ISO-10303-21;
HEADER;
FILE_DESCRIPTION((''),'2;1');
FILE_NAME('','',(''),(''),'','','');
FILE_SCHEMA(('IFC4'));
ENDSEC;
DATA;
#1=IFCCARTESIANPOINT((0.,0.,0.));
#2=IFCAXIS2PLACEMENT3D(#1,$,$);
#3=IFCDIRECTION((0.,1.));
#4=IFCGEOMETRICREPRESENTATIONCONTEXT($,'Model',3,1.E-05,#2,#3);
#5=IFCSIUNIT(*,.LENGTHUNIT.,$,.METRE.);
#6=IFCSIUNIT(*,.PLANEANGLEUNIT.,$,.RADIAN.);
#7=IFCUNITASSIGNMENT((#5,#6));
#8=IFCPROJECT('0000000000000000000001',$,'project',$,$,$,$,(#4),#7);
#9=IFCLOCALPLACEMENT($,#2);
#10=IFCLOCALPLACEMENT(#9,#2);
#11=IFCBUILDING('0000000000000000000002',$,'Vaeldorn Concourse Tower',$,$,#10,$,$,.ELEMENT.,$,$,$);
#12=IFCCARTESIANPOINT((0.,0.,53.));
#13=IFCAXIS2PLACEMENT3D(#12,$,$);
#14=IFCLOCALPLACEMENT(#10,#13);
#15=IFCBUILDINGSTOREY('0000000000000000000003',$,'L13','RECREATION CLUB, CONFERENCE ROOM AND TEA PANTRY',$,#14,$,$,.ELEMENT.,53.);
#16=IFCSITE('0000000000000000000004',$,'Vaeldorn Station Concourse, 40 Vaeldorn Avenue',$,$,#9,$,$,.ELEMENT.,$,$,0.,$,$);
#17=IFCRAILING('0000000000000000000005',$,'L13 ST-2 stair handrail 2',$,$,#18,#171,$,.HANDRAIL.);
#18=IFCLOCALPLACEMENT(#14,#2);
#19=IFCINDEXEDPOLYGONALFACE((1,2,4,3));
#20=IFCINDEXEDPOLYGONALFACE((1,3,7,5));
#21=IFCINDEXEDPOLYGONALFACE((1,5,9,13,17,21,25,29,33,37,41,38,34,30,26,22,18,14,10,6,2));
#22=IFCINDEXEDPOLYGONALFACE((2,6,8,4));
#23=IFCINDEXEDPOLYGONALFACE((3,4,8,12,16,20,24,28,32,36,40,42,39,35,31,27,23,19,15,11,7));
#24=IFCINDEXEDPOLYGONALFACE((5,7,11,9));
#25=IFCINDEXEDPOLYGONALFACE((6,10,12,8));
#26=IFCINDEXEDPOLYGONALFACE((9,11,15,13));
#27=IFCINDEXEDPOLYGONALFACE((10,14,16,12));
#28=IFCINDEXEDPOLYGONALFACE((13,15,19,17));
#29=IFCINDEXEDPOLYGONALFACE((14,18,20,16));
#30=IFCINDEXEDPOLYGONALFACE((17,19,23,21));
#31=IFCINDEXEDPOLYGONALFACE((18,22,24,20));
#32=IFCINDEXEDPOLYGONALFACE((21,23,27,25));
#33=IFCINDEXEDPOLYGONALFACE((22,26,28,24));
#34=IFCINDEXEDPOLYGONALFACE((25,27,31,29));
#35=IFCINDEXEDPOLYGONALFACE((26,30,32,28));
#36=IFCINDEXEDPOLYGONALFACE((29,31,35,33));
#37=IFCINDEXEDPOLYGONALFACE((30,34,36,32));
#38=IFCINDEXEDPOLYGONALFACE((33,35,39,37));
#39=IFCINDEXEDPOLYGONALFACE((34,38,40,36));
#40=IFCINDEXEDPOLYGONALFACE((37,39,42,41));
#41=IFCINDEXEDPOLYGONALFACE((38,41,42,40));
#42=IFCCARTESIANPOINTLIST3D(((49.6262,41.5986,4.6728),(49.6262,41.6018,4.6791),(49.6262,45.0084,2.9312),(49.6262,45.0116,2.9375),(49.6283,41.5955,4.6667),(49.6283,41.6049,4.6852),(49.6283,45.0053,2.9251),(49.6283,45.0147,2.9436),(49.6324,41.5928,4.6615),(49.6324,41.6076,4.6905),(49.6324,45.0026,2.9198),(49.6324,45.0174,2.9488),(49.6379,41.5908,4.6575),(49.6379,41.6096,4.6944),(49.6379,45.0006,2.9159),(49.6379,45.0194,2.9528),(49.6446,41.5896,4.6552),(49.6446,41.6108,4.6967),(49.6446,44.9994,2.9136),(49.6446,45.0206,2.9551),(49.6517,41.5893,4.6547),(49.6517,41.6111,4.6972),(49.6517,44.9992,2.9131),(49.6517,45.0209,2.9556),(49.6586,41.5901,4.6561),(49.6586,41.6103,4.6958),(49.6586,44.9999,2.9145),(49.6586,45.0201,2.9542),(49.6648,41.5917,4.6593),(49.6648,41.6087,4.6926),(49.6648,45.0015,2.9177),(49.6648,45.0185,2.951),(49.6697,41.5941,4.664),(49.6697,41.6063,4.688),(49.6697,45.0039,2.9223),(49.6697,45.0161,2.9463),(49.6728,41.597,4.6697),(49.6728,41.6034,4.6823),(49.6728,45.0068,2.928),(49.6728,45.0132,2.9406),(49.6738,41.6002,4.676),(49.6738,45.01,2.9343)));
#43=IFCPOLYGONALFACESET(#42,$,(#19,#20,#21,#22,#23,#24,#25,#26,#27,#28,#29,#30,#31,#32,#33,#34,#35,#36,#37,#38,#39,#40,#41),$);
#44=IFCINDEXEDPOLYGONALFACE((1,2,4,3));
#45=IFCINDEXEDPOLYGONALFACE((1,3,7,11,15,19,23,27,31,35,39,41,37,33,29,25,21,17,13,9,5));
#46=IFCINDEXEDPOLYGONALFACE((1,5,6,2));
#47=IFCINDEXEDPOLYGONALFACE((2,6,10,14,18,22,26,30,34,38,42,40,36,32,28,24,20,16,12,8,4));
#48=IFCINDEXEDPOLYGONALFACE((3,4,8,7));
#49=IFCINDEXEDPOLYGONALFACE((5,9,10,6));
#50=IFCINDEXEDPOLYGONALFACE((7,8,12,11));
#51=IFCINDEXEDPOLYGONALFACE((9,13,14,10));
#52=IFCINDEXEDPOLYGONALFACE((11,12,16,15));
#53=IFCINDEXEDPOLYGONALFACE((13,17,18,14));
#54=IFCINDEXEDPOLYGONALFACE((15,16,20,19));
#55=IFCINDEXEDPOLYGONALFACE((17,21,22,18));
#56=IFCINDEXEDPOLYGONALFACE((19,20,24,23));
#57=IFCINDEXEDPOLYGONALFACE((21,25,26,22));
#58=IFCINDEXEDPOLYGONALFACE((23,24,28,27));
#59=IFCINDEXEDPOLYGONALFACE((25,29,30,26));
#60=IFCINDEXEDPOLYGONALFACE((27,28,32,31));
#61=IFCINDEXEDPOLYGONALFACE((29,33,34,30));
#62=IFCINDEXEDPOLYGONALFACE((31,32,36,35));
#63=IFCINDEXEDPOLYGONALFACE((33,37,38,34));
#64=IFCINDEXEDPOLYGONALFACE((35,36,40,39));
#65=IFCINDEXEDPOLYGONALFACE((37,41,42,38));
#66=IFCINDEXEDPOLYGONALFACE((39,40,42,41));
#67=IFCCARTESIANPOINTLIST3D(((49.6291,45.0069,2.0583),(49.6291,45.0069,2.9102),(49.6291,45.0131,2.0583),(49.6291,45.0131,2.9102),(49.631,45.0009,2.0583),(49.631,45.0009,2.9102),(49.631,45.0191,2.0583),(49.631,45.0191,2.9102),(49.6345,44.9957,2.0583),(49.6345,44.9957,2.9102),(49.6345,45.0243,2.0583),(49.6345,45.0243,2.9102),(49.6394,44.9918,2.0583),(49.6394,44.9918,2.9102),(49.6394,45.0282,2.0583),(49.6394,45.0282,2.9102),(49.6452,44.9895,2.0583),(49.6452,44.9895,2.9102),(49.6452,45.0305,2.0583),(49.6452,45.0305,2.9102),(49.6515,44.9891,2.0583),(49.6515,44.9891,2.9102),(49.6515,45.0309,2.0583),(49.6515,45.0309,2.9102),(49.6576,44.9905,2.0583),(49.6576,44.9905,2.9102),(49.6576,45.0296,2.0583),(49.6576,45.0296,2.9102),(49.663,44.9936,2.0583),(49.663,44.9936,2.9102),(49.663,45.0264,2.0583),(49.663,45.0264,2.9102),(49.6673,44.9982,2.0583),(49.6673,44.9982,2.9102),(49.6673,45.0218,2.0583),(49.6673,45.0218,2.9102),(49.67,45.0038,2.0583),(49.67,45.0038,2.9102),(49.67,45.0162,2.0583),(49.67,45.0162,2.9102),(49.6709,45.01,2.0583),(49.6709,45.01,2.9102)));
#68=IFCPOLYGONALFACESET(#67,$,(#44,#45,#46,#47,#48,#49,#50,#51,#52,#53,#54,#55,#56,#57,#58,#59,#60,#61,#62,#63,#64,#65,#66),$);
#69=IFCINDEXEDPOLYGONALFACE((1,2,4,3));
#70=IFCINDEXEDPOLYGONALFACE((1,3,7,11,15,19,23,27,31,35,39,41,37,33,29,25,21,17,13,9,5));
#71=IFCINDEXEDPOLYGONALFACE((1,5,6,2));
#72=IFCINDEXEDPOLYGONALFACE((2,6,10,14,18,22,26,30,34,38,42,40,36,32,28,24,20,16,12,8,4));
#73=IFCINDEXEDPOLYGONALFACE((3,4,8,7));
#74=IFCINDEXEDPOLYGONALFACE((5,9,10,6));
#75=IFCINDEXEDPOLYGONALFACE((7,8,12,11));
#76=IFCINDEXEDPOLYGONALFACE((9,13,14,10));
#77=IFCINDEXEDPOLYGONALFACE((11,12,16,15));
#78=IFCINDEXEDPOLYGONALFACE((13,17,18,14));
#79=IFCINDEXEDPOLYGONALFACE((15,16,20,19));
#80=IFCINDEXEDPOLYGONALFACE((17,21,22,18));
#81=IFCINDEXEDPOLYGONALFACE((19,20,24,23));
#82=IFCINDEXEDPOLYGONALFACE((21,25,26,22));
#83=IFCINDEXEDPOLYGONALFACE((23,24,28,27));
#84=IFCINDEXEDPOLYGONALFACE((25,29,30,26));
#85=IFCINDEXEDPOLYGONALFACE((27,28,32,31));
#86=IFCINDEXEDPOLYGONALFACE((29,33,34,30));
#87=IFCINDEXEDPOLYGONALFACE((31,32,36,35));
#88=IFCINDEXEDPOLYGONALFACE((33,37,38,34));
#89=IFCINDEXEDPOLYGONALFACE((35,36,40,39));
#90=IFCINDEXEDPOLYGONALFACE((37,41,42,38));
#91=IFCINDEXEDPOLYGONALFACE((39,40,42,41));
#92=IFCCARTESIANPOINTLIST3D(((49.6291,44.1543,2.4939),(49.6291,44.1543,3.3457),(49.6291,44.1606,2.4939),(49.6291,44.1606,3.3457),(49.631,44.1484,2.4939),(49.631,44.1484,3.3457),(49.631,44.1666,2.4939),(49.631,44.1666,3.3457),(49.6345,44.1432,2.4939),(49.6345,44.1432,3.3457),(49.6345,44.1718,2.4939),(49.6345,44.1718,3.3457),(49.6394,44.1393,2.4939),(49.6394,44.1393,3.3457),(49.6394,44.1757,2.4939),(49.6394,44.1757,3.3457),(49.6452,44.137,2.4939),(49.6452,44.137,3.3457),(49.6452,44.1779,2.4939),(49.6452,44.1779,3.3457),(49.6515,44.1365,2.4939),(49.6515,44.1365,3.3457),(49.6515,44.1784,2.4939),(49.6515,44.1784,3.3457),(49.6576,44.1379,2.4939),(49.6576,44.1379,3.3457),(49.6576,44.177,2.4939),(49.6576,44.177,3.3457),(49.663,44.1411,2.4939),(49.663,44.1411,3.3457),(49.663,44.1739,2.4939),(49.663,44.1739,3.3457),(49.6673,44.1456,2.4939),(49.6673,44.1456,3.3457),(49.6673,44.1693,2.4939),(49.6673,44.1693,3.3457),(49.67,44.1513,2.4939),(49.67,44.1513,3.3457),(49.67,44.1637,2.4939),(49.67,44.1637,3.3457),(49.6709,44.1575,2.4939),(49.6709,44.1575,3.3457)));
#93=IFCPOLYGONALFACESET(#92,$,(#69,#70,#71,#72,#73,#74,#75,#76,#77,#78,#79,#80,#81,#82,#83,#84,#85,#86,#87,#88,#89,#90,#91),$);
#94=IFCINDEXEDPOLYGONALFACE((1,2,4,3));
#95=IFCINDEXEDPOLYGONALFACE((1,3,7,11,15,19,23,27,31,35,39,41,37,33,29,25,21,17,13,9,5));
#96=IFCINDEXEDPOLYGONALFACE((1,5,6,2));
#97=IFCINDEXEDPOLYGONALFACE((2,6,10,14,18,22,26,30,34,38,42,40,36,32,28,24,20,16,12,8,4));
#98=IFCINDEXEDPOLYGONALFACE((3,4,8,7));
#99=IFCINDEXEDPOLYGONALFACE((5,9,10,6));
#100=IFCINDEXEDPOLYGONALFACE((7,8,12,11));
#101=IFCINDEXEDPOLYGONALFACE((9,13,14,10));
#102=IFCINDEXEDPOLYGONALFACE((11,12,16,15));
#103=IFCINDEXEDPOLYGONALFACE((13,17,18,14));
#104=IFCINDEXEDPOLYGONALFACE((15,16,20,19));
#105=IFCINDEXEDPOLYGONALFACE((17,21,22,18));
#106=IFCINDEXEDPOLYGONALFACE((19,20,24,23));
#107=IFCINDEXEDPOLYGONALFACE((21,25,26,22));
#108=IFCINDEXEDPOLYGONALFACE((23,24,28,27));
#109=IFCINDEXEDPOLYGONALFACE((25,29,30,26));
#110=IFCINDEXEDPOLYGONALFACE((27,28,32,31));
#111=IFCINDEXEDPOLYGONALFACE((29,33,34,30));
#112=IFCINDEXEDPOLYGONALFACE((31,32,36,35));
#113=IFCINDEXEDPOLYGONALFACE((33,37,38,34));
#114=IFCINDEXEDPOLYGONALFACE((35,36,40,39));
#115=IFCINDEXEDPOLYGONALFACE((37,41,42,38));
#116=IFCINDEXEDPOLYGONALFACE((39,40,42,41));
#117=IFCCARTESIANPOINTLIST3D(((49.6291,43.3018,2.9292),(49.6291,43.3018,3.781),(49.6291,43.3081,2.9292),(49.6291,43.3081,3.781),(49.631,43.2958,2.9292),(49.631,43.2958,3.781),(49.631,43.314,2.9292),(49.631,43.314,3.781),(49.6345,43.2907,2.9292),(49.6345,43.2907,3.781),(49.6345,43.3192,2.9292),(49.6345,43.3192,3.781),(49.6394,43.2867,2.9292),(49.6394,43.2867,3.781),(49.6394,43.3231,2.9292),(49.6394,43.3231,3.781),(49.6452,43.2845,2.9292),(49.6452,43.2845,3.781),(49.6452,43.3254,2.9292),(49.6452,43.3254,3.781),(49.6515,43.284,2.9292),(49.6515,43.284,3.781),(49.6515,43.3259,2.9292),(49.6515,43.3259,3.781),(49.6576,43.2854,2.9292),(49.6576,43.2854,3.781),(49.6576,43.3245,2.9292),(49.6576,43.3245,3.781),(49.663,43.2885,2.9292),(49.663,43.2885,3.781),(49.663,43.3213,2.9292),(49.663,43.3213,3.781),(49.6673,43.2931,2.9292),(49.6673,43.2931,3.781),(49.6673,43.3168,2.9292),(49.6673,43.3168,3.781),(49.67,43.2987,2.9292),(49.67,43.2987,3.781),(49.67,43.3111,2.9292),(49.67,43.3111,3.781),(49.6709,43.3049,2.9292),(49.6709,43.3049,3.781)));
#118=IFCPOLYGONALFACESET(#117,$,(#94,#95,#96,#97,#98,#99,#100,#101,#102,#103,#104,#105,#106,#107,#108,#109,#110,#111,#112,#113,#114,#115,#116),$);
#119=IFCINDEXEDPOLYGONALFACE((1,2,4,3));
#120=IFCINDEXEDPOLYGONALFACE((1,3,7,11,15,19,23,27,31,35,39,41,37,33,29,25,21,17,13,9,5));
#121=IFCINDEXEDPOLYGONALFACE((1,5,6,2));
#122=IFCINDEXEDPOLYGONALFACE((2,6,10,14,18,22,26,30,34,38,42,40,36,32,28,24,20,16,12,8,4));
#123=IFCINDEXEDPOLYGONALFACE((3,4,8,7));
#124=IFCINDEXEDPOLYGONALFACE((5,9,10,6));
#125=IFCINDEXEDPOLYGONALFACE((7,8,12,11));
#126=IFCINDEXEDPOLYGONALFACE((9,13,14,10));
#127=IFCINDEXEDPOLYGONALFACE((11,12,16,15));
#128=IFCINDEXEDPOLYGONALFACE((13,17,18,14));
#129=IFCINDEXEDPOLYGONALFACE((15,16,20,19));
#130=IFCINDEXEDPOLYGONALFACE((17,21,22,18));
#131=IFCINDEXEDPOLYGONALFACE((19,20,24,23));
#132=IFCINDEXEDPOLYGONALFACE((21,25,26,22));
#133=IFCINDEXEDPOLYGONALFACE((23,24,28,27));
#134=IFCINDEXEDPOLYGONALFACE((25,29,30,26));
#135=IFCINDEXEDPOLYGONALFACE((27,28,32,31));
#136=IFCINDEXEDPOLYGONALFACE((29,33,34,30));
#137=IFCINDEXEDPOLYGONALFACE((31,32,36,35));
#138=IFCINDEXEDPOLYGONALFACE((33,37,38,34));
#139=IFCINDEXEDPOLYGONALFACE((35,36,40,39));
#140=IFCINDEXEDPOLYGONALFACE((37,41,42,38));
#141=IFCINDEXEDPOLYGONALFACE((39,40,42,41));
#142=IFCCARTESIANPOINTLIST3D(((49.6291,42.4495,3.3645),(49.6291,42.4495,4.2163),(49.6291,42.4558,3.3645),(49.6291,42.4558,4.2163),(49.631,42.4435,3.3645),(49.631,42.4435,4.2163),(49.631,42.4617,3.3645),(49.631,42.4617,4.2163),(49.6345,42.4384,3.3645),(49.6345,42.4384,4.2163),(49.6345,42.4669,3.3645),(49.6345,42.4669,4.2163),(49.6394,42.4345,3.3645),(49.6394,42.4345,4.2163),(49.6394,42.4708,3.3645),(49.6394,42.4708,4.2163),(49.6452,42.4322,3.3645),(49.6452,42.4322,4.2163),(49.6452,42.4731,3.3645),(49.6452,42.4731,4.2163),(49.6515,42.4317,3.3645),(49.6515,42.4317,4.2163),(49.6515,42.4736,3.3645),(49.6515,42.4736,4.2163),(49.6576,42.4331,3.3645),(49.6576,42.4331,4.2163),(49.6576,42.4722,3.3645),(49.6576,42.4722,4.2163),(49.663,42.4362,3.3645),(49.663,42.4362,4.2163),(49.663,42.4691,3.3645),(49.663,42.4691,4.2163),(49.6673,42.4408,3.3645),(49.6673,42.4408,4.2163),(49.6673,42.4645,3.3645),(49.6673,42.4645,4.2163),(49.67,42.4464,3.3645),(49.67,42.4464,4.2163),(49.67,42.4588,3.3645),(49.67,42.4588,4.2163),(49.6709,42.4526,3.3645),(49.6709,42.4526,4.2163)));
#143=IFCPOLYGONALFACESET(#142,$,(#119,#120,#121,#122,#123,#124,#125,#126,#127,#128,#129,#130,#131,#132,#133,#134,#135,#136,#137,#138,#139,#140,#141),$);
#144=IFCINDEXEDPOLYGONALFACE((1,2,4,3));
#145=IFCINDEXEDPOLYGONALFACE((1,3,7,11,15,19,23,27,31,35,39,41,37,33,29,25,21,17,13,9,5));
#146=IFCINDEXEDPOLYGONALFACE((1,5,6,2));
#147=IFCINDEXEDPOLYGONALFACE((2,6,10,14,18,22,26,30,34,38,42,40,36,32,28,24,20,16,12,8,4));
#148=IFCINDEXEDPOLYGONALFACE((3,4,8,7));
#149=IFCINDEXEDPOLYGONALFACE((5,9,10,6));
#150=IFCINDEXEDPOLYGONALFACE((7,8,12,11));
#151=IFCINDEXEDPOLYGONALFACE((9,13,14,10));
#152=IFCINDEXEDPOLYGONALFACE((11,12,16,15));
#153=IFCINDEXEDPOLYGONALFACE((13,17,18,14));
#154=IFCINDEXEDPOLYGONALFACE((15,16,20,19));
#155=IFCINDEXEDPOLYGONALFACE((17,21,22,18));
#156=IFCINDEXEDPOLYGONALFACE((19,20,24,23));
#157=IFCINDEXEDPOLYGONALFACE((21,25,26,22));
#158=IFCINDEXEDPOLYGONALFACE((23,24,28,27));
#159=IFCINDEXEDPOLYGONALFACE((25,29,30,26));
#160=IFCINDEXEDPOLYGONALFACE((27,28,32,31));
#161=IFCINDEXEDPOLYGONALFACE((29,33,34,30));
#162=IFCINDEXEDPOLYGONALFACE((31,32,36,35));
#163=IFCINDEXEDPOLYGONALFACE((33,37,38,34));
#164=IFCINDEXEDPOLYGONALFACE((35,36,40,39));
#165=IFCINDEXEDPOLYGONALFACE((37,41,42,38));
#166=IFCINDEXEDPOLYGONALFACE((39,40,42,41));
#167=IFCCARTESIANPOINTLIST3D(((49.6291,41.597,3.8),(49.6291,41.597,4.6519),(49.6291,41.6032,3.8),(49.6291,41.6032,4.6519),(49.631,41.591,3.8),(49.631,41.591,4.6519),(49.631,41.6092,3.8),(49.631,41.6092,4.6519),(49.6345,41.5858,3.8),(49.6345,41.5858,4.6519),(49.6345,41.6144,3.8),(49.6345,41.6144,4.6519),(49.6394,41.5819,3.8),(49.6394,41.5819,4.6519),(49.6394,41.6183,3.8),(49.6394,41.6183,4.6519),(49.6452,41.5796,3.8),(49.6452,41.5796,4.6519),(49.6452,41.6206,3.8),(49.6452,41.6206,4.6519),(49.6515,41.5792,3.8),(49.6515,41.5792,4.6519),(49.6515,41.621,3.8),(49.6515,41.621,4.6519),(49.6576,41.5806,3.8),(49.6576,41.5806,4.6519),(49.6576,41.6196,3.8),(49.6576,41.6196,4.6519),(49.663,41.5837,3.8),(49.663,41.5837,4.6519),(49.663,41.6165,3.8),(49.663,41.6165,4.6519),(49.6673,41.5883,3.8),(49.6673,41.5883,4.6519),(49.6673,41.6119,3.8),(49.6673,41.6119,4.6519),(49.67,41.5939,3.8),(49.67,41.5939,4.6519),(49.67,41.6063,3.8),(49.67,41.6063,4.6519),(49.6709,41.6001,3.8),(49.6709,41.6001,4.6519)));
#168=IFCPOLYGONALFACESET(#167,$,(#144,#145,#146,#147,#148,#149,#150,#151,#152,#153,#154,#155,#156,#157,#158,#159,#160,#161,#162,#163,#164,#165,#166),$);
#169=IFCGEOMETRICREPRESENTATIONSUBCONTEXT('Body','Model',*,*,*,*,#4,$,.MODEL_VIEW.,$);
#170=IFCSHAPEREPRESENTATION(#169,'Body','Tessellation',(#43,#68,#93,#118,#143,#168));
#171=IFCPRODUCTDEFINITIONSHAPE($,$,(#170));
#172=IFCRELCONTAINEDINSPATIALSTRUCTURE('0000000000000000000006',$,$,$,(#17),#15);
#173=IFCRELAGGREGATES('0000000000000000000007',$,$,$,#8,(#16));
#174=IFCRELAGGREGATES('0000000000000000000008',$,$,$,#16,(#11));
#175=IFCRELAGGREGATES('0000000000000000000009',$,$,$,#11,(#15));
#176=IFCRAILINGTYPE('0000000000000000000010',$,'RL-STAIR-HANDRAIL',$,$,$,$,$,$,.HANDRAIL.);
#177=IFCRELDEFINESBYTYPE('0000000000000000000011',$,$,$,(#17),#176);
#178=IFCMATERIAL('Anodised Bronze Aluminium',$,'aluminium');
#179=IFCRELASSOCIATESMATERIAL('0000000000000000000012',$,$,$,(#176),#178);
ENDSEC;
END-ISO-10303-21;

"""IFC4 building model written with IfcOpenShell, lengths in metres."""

from ifc_helpers import new_model, si_unit, direction, frame, origin, origin_2d, place, context, subcontext, project, spatial, circle, extrude, material, type_object, element, save


model = new_model("IFC4")

# Units and contexts
model_context = context("Model", 3, precision=1e-05, world=origin(), true_north=direction((0.0, 1.0)))
body_context = subcontext(model_context, "Body", "Model", "MODEL_VIEW")
ifc_project = project(units=[si_unit("LENGTHUNIT", "METRE"), si_unit("PLANEANGLEUNIT", "RADIAN")], contexts=[model_context])

# Site, building, storey
site_placement = place(None, origin())
site = spatial("IfcSite", under=ifc_project, at=site_placement, Name="Vaeldorn Station Concourse, 40 Vaeldorn Avenue", CompositionType="ELEMENT", RefElevation=0.0)
building_placement = place(site_placement, origin())
building = spatial("IfcBuilding", under=site, at=building_placement, Name="Vaeldorn Concourse Tower", CompositionType="ELEMENT")
storey_placement = place(building_placement, frame((0.0, 0.0, 53.0)))
storey = spatial("IfcBuildingStorey", under=building, at=storey_placement, Name="L13", Description="RECREATION CLUB, CONFERENCE ROOM AND TEA PANTRY", CompositionType="ELEMENT", Elevation=53.0)

# Shared definitions
ifc_material_1 = material(Name="Anodised Bronze Aluminium", Category="aluminium")

# Railing
railing_type_1 = type_object("IfcRailingType", Name="RL-STAIR-HANDRAIL", PredefinedType="HANDRAIL", material=ifc_material_1)
railing_1_placement = place(storey_placement, frame((49.6499, 45.01, 2.0583)))
element("IfcRailing", 1, at=railing_1_placement, inside=storey, type_object=railing_type_1, Name="L13 ST-2 stair handrail 2", PredefinedType="HANDRAIL", context=body_context, shape_type="SweptSolid", body=[
    extrude(circle(Radius=0.0239, at=origin_2d()), frame((0.0, 0.0, 0.876), z_axis=(0.0, -0.890556, 0.454874), x_axis=(1.0, 0.0, 0.0)), (0.0, 0.0, 1.0), 3.8289),
    extrude(circle(Radius=0.021, at=origin_2d()), origin(), (0.0, 0.0, 1.0), 0.8518),
    extrude(circle(Radius=0.021, at=origin_2d()), frame((0.0, -0.8525, 0.4355)), (0.0, 0.0, 1.0), 0.8518),
    extrude(circle(Radius=0.021, at=origin_2d()), frame((0.0, -1.7051, 0.8708)), (0.0, 0.0, 1.0), 0.8518),
    extrude(circle(Radius=0.021, at=origin_2d()), frame((0.0, -2.5574, 1.3062)), (0.0, 0.0, 1.0), 0.8518),
    extrude(circle(Radius=0.021, at=origin_2d()), frame((0.0, -3.4099, 1.7417)), (0.0, 0.0, 1.0), 0.8518),
])

save(model, "model.ifc")
